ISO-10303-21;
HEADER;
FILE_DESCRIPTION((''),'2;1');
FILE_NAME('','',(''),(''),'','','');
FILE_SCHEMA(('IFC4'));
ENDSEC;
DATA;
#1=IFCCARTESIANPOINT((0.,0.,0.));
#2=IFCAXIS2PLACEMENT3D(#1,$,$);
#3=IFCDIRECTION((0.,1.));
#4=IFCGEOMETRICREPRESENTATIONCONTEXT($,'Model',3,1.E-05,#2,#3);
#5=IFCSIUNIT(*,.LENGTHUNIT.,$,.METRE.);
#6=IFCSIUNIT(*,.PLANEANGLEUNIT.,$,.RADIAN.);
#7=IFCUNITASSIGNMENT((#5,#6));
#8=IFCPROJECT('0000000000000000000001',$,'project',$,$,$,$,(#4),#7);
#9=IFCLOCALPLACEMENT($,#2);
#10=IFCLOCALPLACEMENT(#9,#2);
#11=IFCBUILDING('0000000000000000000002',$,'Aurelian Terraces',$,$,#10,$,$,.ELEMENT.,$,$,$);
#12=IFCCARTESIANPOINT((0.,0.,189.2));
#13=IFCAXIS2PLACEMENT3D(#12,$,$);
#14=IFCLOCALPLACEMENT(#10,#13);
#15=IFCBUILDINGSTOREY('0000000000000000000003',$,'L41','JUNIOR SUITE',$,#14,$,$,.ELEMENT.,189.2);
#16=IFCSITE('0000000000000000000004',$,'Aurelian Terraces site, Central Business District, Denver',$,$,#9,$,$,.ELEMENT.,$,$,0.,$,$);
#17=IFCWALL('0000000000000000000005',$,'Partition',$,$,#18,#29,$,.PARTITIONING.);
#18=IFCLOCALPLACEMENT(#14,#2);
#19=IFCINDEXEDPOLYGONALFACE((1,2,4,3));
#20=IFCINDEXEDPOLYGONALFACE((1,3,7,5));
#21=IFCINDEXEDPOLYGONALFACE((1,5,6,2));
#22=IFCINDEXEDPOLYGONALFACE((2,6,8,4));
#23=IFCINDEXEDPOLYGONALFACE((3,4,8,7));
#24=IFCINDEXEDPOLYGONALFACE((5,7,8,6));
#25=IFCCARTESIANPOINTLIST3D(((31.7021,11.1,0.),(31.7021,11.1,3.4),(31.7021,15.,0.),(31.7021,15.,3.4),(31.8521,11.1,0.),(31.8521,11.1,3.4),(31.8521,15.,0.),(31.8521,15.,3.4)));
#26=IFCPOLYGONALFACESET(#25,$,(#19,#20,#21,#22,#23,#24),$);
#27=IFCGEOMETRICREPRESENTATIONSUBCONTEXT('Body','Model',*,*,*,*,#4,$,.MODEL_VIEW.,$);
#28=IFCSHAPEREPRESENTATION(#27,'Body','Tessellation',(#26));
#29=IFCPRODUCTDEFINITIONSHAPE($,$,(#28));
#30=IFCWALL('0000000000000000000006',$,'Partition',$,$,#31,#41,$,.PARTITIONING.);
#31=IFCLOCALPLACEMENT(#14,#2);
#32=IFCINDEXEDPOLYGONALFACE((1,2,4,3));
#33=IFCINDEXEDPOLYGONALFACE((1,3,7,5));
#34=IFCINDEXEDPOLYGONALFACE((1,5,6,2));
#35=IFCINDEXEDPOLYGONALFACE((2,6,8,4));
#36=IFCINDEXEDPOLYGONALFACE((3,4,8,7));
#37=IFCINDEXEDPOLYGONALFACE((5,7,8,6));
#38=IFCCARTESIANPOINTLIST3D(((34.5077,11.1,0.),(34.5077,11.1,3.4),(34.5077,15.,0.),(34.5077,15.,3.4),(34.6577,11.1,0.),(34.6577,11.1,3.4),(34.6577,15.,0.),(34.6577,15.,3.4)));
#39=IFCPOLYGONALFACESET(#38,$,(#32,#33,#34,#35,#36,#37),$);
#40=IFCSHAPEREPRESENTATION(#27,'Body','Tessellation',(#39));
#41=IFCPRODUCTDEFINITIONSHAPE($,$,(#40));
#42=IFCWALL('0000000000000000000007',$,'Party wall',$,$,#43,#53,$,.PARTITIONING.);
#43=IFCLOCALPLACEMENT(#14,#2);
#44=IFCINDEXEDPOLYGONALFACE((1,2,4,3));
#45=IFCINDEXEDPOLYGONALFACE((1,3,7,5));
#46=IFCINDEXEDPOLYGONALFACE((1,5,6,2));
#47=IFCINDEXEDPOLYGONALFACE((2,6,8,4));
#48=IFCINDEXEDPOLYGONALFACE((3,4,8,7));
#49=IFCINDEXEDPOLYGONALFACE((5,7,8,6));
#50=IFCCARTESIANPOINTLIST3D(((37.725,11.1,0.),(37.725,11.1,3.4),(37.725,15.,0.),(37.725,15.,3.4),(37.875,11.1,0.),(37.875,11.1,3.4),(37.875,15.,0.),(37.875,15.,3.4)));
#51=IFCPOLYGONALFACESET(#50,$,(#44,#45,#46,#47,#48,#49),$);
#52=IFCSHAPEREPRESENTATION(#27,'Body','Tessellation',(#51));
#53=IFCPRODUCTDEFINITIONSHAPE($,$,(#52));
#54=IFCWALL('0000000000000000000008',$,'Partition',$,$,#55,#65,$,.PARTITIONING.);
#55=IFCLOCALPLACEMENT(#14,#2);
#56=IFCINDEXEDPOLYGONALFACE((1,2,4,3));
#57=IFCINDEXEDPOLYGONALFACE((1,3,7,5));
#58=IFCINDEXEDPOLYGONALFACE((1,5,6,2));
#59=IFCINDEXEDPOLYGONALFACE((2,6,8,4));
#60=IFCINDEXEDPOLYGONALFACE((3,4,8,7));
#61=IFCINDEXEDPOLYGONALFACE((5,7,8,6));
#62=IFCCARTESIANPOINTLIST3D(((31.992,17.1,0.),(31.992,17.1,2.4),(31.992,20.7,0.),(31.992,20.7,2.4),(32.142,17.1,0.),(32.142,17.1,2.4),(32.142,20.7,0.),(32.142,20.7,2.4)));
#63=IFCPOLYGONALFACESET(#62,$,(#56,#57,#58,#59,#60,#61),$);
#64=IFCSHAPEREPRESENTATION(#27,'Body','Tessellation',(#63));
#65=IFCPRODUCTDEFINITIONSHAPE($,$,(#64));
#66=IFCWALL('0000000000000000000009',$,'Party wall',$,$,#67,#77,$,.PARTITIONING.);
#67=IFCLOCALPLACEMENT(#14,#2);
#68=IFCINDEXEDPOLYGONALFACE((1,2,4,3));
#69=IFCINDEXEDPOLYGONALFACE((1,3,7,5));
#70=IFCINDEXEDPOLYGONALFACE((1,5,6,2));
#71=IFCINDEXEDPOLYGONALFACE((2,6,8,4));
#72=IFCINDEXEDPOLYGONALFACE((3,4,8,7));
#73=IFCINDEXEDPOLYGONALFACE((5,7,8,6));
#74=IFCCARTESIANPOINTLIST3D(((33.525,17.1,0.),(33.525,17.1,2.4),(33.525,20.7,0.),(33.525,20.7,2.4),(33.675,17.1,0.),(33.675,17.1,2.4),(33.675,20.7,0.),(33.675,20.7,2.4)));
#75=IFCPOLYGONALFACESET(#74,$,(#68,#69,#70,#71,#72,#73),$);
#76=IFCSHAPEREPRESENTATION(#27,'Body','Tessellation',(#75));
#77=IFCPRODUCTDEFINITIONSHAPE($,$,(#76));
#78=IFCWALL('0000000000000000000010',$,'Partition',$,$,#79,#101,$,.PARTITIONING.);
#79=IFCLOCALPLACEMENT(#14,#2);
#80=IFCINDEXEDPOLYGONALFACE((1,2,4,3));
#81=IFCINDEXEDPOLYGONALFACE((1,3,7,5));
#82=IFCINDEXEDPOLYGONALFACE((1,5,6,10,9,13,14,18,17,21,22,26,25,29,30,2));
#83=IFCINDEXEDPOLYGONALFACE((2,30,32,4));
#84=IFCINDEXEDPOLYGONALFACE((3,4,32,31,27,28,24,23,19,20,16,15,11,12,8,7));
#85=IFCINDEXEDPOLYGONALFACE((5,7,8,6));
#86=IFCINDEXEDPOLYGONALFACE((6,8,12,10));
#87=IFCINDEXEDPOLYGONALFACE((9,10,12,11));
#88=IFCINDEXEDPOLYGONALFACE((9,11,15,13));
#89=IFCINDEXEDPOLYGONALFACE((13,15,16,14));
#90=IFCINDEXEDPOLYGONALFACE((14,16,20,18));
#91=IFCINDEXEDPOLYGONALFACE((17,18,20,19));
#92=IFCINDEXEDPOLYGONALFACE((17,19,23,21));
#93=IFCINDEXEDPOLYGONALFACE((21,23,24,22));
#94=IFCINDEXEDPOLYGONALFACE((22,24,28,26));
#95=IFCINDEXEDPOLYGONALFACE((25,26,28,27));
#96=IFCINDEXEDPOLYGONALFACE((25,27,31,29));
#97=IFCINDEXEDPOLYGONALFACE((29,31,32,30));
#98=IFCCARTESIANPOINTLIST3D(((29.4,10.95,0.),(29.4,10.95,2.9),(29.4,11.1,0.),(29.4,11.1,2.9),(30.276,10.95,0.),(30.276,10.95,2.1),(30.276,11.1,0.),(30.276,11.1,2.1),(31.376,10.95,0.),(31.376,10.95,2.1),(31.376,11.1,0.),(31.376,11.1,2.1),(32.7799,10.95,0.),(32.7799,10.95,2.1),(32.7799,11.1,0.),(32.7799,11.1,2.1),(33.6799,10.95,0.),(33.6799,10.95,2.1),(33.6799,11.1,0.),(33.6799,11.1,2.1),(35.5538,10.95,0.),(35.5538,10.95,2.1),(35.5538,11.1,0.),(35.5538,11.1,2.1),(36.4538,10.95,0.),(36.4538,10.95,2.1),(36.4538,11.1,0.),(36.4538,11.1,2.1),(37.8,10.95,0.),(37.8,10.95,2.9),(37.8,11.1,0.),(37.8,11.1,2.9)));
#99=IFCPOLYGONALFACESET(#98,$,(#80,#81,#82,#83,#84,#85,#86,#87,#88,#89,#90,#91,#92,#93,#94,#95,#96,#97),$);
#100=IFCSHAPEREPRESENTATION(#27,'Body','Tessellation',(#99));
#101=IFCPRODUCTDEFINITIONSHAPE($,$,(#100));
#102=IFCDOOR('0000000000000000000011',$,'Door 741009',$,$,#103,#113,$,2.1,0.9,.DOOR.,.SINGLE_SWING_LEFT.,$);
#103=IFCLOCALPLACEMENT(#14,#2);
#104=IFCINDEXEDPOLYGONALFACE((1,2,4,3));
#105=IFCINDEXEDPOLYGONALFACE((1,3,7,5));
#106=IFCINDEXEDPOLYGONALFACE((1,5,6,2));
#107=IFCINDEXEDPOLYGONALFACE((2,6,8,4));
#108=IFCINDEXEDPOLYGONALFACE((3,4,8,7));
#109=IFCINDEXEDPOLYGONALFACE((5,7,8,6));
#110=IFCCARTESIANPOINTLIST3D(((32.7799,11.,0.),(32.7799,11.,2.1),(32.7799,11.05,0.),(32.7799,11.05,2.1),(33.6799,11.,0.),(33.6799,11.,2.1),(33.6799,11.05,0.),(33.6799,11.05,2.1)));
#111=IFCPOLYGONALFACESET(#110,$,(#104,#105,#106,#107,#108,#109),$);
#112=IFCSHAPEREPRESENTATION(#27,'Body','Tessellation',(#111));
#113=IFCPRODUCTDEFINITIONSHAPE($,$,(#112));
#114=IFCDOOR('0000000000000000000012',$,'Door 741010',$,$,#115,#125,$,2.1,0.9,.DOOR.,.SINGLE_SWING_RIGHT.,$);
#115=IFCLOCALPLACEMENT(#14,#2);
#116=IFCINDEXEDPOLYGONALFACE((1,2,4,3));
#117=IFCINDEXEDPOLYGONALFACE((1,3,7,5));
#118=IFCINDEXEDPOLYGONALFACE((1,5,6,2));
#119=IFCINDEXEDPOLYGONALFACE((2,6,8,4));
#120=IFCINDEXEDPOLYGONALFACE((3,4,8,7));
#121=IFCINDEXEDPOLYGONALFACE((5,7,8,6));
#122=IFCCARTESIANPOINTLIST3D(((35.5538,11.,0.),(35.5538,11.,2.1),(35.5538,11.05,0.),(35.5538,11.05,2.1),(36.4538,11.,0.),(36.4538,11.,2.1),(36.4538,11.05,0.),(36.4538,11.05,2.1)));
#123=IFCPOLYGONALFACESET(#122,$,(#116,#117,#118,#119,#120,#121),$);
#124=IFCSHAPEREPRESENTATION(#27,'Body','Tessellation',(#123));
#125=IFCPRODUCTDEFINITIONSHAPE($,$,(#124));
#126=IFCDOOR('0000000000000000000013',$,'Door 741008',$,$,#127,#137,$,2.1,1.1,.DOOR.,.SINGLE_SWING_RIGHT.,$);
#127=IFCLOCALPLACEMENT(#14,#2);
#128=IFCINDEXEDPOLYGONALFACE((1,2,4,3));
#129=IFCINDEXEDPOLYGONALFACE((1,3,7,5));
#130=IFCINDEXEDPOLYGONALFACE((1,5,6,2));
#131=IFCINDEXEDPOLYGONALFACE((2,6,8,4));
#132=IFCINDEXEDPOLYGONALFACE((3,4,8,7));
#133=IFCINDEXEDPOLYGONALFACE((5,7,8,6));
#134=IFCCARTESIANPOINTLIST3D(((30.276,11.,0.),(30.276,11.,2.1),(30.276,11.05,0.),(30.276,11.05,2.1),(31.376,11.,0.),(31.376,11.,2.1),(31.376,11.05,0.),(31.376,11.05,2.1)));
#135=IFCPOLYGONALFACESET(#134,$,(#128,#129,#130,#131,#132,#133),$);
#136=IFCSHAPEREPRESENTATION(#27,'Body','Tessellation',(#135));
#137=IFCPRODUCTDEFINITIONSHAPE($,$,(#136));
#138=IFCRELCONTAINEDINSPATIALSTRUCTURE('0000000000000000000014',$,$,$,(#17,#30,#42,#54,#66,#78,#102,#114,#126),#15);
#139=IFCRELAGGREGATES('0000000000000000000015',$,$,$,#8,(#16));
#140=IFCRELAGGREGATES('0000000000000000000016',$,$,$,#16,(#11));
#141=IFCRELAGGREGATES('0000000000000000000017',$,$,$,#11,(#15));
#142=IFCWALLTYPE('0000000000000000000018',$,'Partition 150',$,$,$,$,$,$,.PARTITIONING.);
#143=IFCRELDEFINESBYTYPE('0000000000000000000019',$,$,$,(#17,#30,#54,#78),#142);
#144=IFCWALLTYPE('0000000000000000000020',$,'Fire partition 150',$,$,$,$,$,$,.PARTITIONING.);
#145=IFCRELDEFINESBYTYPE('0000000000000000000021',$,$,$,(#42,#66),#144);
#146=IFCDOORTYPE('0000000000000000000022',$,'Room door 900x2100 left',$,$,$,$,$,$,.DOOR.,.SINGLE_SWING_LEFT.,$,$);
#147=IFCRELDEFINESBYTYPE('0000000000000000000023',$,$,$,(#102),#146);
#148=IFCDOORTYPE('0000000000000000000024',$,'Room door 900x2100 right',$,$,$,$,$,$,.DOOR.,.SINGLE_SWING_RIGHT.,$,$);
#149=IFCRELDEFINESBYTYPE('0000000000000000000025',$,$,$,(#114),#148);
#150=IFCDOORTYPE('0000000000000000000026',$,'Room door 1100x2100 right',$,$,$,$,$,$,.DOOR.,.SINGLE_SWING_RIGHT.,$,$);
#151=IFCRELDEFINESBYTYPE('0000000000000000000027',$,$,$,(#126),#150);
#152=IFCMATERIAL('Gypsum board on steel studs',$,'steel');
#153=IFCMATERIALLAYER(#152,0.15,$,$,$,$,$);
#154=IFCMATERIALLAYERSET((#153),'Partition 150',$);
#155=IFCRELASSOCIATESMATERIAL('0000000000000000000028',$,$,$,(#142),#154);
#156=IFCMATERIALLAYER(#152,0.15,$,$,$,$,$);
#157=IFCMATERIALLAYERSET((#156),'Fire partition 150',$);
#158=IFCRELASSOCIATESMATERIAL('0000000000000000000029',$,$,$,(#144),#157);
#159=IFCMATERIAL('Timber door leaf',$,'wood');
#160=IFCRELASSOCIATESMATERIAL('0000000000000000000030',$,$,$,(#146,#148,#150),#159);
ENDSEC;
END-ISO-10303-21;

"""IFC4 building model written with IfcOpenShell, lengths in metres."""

from ifc_helpers import new_model, si_unit, direction, frame, frame_2d, origin, place, context, subcontext, project, spatial, rectangle, extrude, source, transform, mapped, material, layer, layer_set, type_object, element, fill, save


model = new_model("IFC4")

# Units and contexts
model_context = context("Model", 3, precision=1e-05, world=origin(), true_north=direction((0.0, 1.0)))
body_context = subcontext(model_context, "Body", "Model", "MODEL_VIEW")
ifc_project = project(units=[si_unit("LENGTHUNIT", "METRE"), si_unit("PLANEANGLEUNIT", "RADIAN")], contexts=[model_context])

# Site, building, storey
site_placement = place(None, origin())
site = spatial("IfcSite", under=ifc_project, at=site_placement, Name="Aurelian Terraces site, Central Business District, Denver", CompositionType="ELEMENT", RefElevation=0.0)
building_placement = place(site_placement, origin())
building = spatial("IfcBuilding", under=site, at=building_placement, Name="Aurelian Terraces", CompositionType="ELEMENT")
storey_placement = place(building_placement, frame((0.0, 0.0, 189.2)))
storey = spatial("IfcBuildingStorey", under=building, at=storey_placement, Name="L41", Description="JUNIOR SUITE", CompositionType="ELEMENT", Elevation=189.2)

# Walls
ifc_material_1 = material(Name="Gypsum board on steel studs", Category="steel")
ifc_layer_1 = layer(ifc_material_1, 0.15)
ifc_layer_set_1 = layer_set([ifc_layer_1], Name="Partition 150")
wall_type_1 = type_object("IfcWallType", Name="Partition 150", PredefinedType="PARTITIONING", material=ifc_layer_set_1)
shared_shape_1 = source(origin(), body_context, "Body", "SweptSolid", [
    extrude(rectangle(XDim=3.9, YDim=0.15, at=frame_2d((1.95, 0.0))), origin(), (0.0, 0.0, 1.0), 3.4),
])
for number, where, z_axis, x_axis, name in (
    (1, (31.7771, 11.1, 0.0), (0.0, 0.0, 1.0), (0.0, 1.0, 0.0), "Partition"),
    (2, (34.5827, 11.1, 0.0), (0.0, 0.0, 1.0), (0.0, 1.0, 0.0), "Partition"),
):
    element("IfcWall", number, at=place(storey_placement, frame(where, z_axis=z_axis, x_axis=x_axis)), inside=storey, type_object=wall_type_1, Name=name, PredefinedType="PARTITIONING", context=body_context, shape_type="MappedRepresentation", body=[
        mapped(shared_shape_1, transform((0.0, 0.0, 0.0), scale=1.0)),
    ])
ifc_layer_2 = layer(ifc_material_1, 0.15)
ifc_layer_set_2 = layer_set([ifc_layer_2], Name="Fire partition 150")
wall_type_2 = type_object("IfcWallType", Name="Fire partition 150", PredefinedType="PARTITIONING", material=ifc_layer_set_2)
wall_1_placement = place(storey_placement, frame((37.8, 11.1, 0.0), z_axis=(0.0, 0.0, 1.0), x_axis=(0.0, 1.0, 0.0)))
element("IfcWall", 3, at=wall_1_placement, inside=storey, type_object=wall_type_2, Name="Party wall", PredefinedType="PARTITIONING", context=body_context, shape_type="MappedRepresentation", body=[
    mapped(shared_shape_1, transform((0.0, 0.0, 0.0), scale=1.0)),
])
shared_shape_2 = source(origin(), body_context, "Body", "SweptSolid", [
    extrude(rectangle(XDim=3.6, YDim=0.15, at=frame_2d((1.8, 0.0))), origin(), (0.0, 0.0, 1.0), 2.4),
])
wall_2_placement = place(storey_placement, frame((32.067, 20.7, 0.0), z_axis=(0.0, 0.0, 1.0), x_axis=(0.0, -1.0, 0.0)))
element("IfcWall", 4, at=wall_2_placement, inside=storey, type_object=wall_type_1, Name="Partition", PredefinedType="PARTITIONING", context=body_context, shape_type="MappedRepresentation", body=[
    mapped(shared_shape_2, transform((0.0, 0.0, 0.0), scale=1.0)),
])
wall_3_placement = place(storey_placement, frame((33.6, 17.1, 0.0), z_axis=(0.0, 0.0, 1.0), x_axis=(0.0, 1.0, 0.0)))
element("IfcWall", 5, at=wall_3_placement, inside=storey, type_object=wall_type_2, Name="Party wall", PredefinedType="PARTITIONING", context=body_context, shape_type="MappedRepresentation", body=[
    mapped(shared_shape_2, transform((0.0, 0.0, 0.0), scale=1.0)),
])

# Wall, openings, doors
shared_shape_3 = source(origin(), body_context, "Body", "SweptSolid", [
    extrude(rectangle(XDim=8.4, YDim=0.15, at=frame_2d((4.2, 0.0))), origin(), (0.0, 0.0, 1.0), 2.9),
])
wall_4_placement = place(storey_placement, frame((37.8, 11.025, 0.0), z_axis=(0.0, 0.0, 1.0), x_axis=(-1.0, 0.0, 0.0)))
wall_4 = element("IfcWall", 6, at=wall_4_placement, inside=storey, type_object=wall_type_1, Name="Partition", PredefinedType="PARTITIONING", context=body_context, shape_type="MappedRepresentation", body=[
    mapped(shared_shape_3, transform((0.0, 0.0, 0.0), scale=1.0)),
])
shared_shape_4 = source(origin(), body_context, "Body", "SweptSolid", [
    extrude(rectangle(XDim=1.1, YDim=2.1, at=frame_2d((0.55, 1.05))), frame((0.0, 0.085, 0.0), z_axis=(0.0, -1.0, 0.0), x_axis=(1.0, 0.0, 0.0)), (0.0, 0.0, 1.0), 0.17),
])
opening_1_placement = place(wall_4_placement, frame((6.424, 0.0, 0.0)))
opening_1 = element("IfcOpeningElement", 7, at=opening_1_placement, cuts=wall_4, PredefinedType="OPENING", context=body_context, shape_type="MappedRepresentation", body=[
    mapped(shared_shape_4, transform((0.0, 0.0, 0.0), scale=1.0)),
])
shared_shape_5 = source(origin(), body_context, "Body", "SweptSolid", [
    extrude(rectangle(XDim=0.9, YDim=2.1, at=frame_2d((0.45, 1.05))), frame((0.0, 0.085, 0.0), z_axis=(0.0, -1.0, 0.0), x_axis=(1.0, 0.0, 0.0)), (0.0, 0.0, 1.0), 0.17),
])
opening_2_placement = place(wall_4_placement, frame((4.1201, 0.0, 0.0)))
opening_2 = element("IfcOpeningElement", 8, at=opening_2_placement, cuts=wall_4, PredefinedType="OPENING", context=body_context, shape_type="MappedRepresentation", body=[
    mapped(shared_shape_5, transform((0.0, 0.0, 0.0), scale=1.0)),
])
opening_3_placement = place(wall_4_placement, frame((1.3462, 0.0, 0.0)))
opening_3 = element("IfcOpeningElement", 9, at=opening_3_placement, cuts=wall_4, PredefinedType="OPENING", context=body_context, shape_type="MappedRepresentation", body=[
    mapped(shared_shape_5, transform((0.0, 0.0, 0.0), scale=1.0)),
])
ifc_material_2 = material(Name="Timber door leaf", Category="wood")
door_type_1 = type_object("IfcDoorType", Name="Room door 900x2100 left", OperationType="SINGLE_SWING_LEFT", PredefinedType="DOOR", material=ifc_material_2)
shared_shape_6 = source(origin(), body_context, "Body", "SweptSolid", [
    extrude(rectangle(XDim=0.9, YDim=2.1, at=frame_2d((0.45, 1.05))), frame((0.0, 0.025, 0.0), z_axis=(0.0, -1.0, 0.0), x_axis=(1.0, 0.0, 0.0)), (0.0, 0.0, 1.0), 0.05),
])
door_1_placement = place(opening_2_placement, origin())
door_1 = element("IfcDoor", 10, at=door_1_placement, inside=storey, type_object=door_type_1, Name="Door 741009", OperationType="SINGLE_SWING_LEFT", OverallHeight=2.1, OverallWidth=0.9, PredefinedType="DOOR", context=body_context, shape_type="MappedRepresentation", body=[
    mapped(shared_shape_6, transform((0.0, 0.0, 0.0), scale=1.0)),
])
fill(opening_2, door_1)
door_type_2 = type_object("IfcDoorType", Name="Room door 900x2100 right", OperationType="SINGLE_SWING_RIGHT", PredefinedType="DOOR", material=ifc_material_2)
door_2_placement = place(opening_3_placement, origin())
door_2 = element("IfcDoor", 11, at=door_2_placement, inside=storey, type_object=door_type_2, Name="Door 741010", OperationType="SINGLE_SWING_RIGHT", OverallHeight=2.1, OverallWidth=0.9, PredefinedType="DOOR", context=body_context, shape_type="MappedRepresentation", body=[
    mapped(shared_shape_6, transform((0.0, 0.0, 0.0), scale=1.0)),
])
fill(opening_3, door_2)
door_type_3 = type_object("IfcDoorType", Name="Room door 1100x2100 right", OperationType="SINGLE_SWING_RIGHT", PredefinedType="DOOR", material=ifc_material_2)
shared_shape_7 = source(origin(), body_context, "Body", "SweptSolid", [
    extrude(rectangle(XDim=1.1, YDim=2.1, at=frame_2d((0.55, 1.05))), frame((0.0, 0.025, 0.0), z_axis=(0.0, -1.0, 0.0), x_axis=(1.0, 0.0, 0.0)), (0.0, 0.0, 1.0), 0.05),
])
door_3_placement = place(opening_1_placement, origin())
door_3 = element("IfcDoor", 12, at=door_3_placement, inside=storey, type_object=door_type_3, Name="Door 741008", OperationType="SINGLE_SWING_RIGHT", OverallHeight=2.1, OverallWidth=1.1, PredefinedType="DOOR", context=body_context, shape_type="MappedRepresentation", body=[
    mapped(shared_shape_7, transform((0.0, 0.0, 0.0), scale=1.0)),
])
fill(opening_1, door_3)

save(model, "model.ifc")
